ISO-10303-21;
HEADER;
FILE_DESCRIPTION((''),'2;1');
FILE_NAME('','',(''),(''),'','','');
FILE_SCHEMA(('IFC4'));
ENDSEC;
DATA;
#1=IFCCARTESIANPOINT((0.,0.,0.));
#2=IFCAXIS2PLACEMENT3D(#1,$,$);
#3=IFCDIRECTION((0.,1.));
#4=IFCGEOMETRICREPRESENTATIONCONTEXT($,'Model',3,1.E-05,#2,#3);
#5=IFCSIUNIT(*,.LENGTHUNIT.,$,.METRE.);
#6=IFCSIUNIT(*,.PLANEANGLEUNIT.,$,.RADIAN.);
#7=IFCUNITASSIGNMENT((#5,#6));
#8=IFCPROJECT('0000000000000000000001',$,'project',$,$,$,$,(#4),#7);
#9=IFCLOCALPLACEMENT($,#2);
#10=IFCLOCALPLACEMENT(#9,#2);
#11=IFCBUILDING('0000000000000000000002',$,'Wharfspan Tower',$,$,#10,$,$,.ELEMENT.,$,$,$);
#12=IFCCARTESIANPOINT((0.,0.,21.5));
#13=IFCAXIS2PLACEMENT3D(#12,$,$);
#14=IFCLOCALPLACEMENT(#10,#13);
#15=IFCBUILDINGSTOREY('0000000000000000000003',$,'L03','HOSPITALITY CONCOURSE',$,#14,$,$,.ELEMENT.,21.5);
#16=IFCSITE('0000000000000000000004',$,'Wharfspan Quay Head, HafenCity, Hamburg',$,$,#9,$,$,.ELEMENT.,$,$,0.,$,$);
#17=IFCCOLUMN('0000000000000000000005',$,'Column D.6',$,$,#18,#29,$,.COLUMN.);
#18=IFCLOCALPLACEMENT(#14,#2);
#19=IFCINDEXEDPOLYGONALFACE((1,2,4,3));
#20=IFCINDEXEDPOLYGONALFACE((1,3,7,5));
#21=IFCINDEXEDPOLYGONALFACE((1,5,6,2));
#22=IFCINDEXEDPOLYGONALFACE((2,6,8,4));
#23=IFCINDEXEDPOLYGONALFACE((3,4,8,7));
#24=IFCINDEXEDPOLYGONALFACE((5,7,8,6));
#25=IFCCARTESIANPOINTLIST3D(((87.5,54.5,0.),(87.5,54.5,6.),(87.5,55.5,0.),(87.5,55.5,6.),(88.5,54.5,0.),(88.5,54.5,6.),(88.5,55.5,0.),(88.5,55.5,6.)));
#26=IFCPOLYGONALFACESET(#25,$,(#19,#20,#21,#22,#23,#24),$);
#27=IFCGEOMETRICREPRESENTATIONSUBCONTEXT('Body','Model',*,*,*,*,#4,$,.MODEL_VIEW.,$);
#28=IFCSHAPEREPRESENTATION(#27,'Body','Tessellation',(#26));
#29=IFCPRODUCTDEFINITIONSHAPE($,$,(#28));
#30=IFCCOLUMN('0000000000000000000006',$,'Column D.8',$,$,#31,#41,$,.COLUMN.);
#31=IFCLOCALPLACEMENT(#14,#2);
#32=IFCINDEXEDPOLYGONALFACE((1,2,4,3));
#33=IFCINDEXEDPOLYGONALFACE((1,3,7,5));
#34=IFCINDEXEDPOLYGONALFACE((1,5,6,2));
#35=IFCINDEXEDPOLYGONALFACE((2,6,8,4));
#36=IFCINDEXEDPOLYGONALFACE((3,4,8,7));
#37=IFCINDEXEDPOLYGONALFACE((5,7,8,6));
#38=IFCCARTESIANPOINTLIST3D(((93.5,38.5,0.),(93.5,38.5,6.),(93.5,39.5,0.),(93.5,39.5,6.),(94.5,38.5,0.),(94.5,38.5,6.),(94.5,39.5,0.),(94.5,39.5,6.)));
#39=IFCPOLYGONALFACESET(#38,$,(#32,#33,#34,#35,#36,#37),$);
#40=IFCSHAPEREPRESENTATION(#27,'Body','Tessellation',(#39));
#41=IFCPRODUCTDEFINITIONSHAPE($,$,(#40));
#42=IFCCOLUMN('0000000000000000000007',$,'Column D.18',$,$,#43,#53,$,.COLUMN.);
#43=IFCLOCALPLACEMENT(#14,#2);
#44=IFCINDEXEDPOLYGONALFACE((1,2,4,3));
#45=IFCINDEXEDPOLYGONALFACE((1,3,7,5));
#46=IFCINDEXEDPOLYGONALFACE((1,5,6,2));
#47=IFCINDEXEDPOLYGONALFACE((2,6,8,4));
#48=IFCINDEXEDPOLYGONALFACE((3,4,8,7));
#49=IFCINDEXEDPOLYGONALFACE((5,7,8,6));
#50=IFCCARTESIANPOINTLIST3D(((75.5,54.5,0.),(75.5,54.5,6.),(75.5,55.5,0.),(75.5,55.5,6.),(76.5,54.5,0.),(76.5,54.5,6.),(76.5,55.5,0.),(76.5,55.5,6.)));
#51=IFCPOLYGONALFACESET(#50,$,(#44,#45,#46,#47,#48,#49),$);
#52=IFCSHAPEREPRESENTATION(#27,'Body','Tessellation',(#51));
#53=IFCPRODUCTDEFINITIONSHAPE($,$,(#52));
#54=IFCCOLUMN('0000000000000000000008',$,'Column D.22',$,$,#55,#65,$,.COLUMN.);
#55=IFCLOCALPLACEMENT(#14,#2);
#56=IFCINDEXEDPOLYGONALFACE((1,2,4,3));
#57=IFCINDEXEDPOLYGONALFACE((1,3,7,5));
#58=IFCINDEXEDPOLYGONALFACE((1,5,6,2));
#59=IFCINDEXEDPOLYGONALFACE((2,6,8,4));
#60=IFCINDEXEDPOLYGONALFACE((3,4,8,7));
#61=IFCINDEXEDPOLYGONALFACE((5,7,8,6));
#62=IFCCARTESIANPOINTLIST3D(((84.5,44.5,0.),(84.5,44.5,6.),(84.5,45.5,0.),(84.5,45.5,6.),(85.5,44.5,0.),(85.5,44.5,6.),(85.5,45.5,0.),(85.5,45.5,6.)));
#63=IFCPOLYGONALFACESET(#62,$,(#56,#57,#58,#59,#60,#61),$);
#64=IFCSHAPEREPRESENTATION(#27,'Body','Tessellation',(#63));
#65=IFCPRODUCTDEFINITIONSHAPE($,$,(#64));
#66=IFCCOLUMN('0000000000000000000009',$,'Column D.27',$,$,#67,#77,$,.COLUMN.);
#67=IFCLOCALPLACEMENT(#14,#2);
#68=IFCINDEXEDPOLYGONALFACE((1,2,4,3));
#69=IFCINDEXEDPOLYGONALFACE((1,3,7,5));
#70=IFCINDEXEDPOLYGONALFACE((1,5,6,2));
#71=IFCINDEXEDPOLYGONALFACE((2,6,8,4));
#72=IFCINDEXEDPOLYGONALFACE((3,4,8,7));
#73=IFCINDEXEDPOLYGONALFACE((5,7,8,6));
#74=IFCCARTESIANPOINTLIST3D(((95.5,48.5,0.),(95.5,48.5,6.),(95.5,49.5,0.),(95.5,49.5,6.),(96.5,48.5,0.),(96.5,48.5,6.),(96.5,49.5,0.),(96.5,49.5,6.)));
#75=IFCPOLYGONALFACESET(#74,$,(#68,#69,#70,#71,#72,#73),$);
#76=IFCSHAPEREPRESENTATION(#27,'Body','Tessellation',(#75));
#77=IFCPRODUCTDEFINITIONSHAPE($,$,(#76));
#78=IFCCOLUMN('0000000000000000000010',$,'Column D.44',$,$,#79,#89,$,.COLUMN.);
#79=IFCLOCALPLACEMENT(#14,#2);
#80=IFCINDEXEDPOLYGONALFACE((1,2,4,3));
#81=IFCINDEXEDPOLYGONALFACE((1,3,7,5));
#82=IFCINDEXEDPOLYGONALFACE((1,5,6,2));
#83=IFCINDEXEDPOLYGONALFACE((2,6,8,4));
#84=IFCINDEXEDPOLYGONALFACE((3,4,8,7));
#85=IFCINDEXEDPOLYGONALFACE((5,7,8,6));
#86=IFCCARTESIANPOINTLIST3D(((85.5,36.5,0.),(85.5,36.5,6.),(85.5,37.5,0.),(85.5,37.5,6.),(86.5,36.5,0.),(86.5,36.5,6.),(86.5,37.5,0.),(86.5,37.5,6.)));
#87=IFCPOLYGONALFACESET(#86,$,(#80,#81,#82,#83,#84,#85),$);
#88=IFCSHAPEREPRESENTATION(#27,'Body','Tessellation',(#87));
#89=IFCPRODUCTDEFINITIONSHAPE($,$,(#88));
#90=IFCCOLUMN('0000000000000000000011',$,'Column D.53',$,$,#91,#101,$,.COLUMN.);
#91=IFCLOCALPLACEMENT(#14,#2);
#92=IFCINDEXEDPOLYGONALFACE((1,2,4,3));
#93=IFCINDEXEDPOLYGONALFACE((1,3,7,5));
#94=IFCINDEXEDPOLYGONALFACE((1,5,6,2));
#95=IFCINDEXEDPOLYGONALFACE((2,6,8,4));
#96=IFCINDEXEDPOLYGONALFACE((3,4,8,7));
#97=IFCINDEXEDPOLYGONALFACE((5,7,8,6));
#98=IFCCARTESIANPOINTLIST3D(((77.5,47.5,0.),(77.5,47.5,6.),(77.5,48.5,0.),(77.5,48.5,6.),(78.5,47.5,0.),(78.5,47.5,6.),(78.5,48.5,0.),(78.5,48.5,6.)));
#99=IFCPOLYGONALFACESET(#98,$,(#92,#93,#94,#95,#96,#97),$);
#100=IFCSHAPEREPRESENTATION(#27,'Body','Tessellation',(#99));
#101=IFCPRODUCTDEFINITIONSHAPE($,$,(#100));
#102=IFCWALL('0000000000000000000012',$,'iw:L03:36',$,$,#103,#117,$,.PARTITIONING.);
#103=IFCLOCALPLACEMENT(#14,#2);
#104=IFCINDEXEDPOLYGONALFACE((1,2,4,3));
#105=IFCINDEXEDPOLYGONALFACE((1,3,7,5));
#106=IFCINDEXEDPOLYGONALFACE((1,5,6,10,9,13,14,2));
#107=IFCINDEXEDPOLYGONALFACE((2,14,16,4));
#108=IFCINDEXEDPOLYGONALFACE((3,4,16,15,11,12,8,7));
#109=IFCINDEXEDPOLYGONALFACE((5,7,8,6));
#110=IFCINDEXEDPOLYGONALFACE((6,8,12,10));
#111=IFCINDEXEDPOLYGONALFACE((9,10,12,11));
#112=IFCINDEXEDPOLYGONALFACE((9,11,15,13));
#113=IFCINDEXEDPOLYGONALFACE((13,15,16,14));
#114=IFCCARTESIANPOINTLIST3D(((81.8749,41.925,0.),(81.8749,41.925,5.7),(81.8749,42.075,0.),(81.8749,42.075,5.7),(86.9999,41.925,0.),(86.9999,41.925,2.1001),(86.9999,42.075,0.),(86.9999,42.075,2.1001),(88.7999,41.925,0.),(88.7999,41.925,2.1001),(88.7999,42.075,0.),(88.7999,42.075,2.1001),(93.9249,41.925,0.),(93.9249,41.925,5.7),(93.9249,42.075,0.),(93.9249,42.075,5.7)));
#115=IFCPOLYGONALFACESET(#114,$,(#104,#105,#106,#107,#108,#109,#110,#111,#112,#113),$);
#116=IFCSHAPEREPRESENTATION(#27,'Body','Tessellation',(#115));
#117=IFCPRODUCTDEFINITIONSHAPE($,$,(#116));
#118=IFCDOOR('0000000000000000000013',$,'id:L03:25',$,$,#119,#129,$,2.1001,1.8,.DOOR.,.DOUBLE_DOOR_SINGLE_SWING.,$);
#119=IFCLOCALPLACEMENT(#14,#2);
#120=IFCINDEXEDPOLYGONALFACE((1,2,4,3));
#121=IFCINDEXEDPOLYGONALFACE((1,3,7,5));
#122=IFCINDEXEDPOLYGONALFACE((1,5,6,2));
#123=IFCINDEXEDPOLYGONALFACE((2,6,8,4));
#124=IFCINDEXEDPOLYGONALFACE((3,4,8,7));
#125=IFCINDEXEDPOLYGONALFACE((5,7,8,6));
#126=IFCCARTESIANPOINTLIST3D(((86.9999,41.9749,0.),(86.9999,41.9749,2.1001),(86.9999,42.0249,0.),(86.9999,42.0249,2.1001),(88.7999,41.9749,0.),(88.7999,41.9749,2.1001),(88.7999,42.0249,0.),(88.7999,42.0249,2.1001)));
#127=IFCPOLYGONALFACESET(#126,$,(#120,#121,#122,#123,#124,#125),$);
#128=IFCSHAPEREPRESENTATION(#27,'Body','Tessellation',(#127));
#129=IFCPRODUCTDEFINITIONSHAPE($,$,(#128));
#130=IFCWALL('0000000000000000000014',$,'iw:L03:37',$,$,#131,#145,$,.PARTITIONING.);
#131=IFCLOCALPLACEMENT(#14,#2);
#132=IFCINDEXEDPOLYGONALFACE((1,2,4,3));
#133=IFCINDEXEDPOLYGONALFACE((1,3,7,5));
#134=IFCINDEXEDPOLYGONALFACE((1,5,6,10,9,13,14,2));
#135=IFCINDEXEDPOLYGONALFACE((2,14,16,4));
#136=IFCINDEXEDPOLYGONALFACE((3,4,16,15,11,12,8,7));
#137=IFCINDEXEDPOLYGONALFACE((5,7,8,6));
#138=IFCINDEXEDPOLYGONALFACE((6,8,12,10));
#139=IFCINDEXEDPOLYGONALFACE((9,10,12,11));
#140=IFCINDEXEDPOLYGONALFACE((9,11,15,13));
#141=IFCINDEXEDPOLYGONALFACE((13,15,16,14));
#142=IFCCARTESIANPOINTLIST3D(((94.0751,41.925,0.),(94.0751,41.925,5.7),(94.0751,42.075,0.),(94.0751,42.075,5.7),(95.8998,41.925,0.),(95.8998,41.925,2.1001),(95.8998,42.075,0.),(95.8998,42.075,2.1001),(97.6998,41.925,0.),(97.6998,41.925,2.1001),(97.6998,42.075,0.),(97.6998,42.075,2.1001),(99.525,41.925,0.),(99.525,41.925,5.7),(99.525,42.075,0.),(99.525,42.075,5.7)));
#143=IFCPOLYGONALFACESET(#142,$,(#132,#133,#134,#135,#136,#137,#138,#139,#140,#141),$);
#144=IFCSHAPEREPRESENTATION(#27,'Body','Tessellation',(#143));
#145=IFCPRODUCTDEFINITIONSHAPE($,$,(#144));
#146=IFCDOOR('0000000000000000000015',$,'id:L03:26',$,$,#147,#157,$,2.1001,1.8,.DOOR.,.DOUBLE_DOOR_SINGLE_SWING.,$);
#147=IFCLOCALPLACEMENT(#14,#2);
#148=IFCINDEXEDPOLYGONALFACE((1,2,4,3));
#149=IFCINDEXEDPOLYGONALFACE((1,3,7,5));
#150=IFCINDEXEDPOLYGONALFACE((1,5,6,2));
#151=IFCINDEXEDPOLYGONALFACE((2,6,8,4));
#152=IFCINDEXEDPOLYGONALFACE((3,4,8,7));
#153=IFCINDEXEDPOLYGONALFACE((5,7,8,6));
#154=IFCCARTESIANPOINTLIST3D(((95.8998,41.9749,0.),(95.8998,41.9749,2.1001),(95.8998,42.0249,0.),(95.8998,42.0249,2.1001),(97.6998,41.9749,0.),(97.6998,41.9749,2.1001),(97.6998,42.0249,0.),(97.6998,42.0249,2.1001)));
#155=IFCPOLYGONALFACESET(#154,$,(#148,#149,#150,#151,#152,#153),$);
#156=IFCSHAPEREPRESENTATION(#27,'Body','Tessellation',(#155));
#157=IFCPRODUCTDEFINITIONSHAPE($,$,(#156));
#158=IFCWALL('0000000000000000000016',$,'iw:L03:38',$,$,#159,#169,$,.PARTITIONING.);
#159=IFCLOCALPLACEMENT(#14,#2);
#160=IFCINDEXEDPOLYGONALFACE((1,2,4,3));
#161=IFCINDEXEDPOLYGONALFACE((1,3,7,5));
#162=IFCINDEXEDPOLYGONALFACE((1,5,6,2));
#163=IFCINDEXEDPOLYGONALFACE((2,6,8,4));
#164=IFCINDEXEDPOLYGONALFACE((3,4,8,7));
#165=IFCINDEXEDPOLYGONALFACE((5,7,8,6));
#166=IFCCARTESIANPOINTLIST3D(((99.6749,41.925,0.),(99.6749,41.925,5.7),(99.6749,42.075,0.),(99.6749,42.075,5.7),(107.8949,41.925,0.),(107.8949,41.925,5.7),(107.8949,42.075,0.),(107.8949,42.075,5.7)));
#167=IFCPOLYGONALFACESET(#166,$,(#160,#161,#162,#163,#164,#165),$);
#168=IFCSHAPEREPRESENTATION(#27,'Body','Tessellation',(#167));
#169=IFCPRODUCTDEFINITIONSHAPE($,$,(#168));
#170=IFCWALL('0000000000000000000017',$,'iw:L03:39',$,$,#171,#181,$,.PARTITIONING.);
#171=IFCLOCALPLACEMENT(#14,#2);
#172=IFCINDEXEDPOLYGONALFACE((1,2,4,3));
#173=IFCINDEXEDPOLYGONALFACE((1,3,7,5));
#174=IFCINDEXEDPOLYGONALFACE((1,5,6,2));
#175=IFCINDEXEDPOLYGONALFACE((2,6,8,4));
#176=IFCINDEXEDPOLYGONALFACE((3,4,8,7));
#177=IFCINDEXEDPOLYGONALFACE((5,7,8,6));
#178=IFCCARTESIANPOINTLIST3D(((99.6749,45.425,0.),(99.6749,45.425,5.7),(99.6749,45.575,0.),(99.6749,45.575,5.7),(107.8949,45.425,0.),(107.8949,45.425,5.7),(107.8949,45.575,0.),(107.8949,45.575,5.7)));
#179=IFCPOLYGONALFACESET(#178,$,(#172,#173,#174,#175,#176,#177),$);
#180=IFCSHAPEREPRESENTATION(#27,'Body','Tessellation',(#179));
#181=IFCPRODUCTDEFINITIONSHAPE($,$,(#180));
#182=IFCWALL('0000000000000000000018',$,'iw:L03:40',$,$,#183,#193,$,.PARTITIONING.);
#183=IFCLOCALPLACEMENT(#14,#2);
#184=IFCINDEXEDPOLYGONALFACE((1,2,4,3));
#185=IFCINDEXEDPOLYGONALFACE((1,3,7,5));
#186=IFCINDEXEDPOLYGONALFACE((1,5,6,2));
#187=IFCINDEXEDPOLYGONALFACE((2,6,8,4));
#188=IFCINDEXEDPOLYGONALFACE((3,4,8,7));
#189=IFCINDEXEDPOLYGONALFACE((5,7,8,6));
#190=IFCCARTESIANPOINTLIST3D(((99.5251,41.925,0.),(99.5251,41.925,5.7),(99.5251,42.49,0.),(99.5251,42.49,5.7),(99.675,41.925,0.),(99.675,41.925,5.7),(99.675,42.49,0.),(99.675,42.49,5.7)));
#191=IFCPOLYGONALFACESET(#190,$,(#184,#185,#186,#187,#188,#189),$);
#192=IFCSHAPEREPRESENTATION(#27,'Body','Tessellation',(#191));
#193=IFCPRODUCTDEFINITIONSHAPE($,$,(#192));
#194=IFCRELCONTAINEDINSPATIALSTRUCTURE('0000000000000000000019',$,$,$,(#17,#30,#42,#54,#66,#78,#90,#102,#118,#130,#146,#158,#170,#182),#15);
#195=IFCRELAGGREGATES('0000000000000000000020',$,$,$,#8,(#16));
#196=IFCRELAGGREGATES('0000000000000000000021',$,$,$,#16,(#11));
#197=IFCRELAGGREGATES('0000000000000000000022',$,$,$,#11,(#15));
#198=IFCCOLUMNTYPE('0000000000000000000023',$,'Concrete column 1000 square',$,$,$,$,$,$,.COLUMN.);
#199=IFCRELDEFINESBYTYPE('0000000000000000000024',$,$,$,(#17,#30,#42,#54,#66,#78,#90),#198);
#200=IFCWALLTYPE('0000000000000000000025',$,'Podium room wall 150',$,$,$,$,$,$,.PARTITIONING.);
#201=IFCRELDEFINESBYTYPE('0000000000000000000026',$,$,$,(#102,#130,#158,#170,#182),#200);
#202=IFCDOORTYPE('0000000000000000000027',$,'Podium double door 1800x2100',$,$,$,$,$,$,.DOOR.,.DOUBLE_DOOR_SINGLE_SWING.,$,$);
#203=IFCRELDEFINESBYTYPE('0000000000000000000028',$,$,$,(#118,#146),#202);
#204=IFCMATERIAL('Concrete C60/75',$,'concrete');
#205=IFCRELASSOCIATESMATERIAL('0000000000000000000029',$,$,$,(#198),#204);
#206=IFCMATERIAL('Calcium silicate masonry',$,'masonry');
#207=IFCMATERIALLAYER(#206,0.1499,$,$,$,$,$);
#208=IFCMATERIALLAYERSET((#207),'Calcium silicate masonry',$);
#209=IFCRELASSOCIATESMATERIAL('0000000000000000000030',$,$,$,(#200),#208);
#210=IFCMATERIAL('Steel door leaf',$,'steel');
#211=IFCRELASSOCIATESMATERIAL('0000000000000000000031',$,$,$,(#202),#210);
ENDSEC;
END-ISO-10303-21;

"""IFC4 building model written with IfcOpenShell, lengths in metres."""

from ifc_helpers import new_model, si_unit, direction, frame, frame_2d, origin, origin_2d, place, context, subcontext, project, spatial, rectangle, extrude, material, layer, layer_set, material_profile, profile_set, type_object, element, fill, save


model = new_model("IFC4")

# Units and contexts
model_context = context("Model", 3, precision=1e-05, world=origin(), true_north=direction((0.0, 1.0)))
body_context = subcontext(model_context, "Body", "Model", "MODEL_VIEW")
ifc_project = project(units=[si_unit("LENGTHUNIT", "METRE"), si_unit("PLANEANGLEUNIT", "RADIAN")], contexts=[model_context])

# Site, building, storey
site_placement = place(None, origin())
site = spatial("IfcSite", under=ifc_project, at=site_placement, Name="Wharfspan Quay Head, HafenCity, Hamburg", CompositionType="ELEMENT", RefElevation=0.0)
building_placement = place(site_placement, origin())
building = spatial("IfcBuilding", under=site, at=building_placement, Name="Wharfspan Tower", CompositionType="ELEMENT")
storey_placement = place(building_placement, frame((0.0, 0.0, 21.5)))
storey = spatial("IfcBuildingStorey", under=building, at=storey_placement, Name="L03", Description="HOSPITALITY CONCOURSE", CompositionType="ELEMENT", Elevation=21.5)

# Columns
ifc_material_1 = material(Name="Concrete C60/75", Category="concrete")
ifc_material_profile = material_profile(ifc_material_1, rectangle(XDim=1.0, YDim=1.0, at=origin_2d()))
ifc_profile_set = profile_set([ifc_material_profile], Name="Concrete C60/75")
column_type = type_object("IfcColumnType", Name="Concrete column 1000 square", PredefinedType="COLUMN", material=ifc_profile_set)
for number, where, z_axis, x_axis, name in (
    (1, (88.0, 55.0, 0.0), (0.0, 0.0, 1.0), (1.0, 0.0, 0.0), "Column D.6"),
    (2, (94.0, 39.0, 0.0), (0.0, 0.0, 1.0), (1.0, 0.0, 0.0), "Column D.8"),
    (3, (76.0, 55.0, 0.0), (0.0, 0.0, 1.0), (1.0, 0.0, 0.0), "Column D.18"),
    (4, (85.0, 45.0, 0.0), (0.0, 0.0, 1.0), (1.0, 0.0, 0.0), "Column D.22"),
    (5, (96.0, 49.0, 0.0), (0.0, 0.0, 1.0), (1.0, 0.0, 0.0), "Column D.27"),
    (6, (86.0, 37.0, 0.0), (0.0, 0.0, 1.0), (1.0, 0.0, 0.0), "Column D.44"),
    (7, (78.0, 48.0, 0.0), (0.0, 0.0, 1.0), (1.0, 0.0, 0.0), "Column D.53"),
):
    element("IfcColumn", number, at=place(storey_placement, frame(where, z_axis=z_axis, x_axis=x_axis)), inside=storey, type_object=column_type, Name=name, PredefinedType="COLUMN", context=body_context, shape_type="SweptSolid", body=[
        extrude(rectangle(XDim=1.0, YDim=1.0, at=origin_2d()), origin(), (0.0, 0.0, 1.0), 6.0),
    ])

# Walls, openings, doors
ifc_material_2 = material(Name="Calcium silicate masonry", Category="masonry")
ifc_layer_1 = layer(ifc_material_2, 0.1499)
ifc_layer_set_1 = layer_set([ifc_layer_1], Name="Calcium silicate masonry")
wall_type_1 = type_object("IfcWallType", Name="Podium room wall 150", PredefinedType="PARTITIONING", material=ifc_layer_set_1)
wall_1_placement = place(storey_placement, frame((81.875, 42.0, 0.0), z_axis=(0.0, 0.0, 1.0), x_axis=(1.0, 0.0, 0.0)))
wall_1 = element("IfcWall", 8, at=wall_1_placement, inside=storey, type_object=wall_type_1, Name="iw:L03:36", PredefinedType="PARTITIONING", context=body_context, shape_type="SweptSolid", body=[
    extrude(rectangle(XDim=12.05, YDim=0.1499, at=frame_2d((6.0249, 0.0))), origin(), (0.0, 0.0, 1.0), 5.7),
])
opening_1_placement = place(wall_1_placement, frame((5.125, 0.0, 0.0)))
opening_1 = element("IfcOpeningElement", 9, at=opening_1_placement, cuts=wall_1, PredefinedType="OPENING", context=body_context, shape_type="SweptSolid", body=[
    extrude(rectangle(XDim=1.8, YDim=2.1001, at=frame_2d((0.8999, 1.05))), frame((0.0, 0.085, 0.0), z_axis=(0.0, -1.0, 0.0), x_axis=(1.0, 0.0, 0.0)), (0.0, 0.0, 1.0), 0.1699),
])
ifc_material_3 = material(Name="Steel door leaf", Category="steel")
door_type_1 = type_object("IfcDoorType", Name="Podium double door 1800x2100", OperationType="DOUBLE_DOOR_SINGLE_SWING", PredefinedType="DOOR", material=ifc_material_3)
door_1_placement = place(opening_1_placement, origin())
door_1 = element("IfcDoor", 10, at=door_1_placement, inside=storey, type_object=door_type_1, Name="id:L03:25", OperationType="DOUBLE_DOOR_SINGLE_SWING", OverallHeight=2.1001, OverallWidth=1.8, PredefinedType="DOOR", context=body_context, shape_type="SweptSolid", body=[
    extrude(rectangle(XDim=1.8, YDim=2.1001, at=frame_2d((0.8999, 1.05))), frame((0.0, 0.0249, 0.0), z_axis=(0.0, -1.0, 0.0), x_axis=(1.0, 0.0, 0.0)), (0.0, 0.0, 1.0), 0.05),
])
fill(opening_1, door_1)
wall_2_placement = place(storey_placement, frame((94.075, 42.0, 0.0), z_axis=(0.0, 0.0, 1.0), x_axis=(1.0, 0.0, 0.0)))
wall_2 = element("IfcWall", 11, at=wall_2_placement, inside=storey, type_object=wall_type_1, Name="iw:L03:37", PredefinedType="PARTITIONING", context=body_context, shape_type="SweptSolid", body=[
    extrude(rectangle(XDim=5.45, YDim=0.1499, at=frame_2d((2.7251, 0.0))), origin(), (0.0, 0.0, 1.0), 5.7),
])
opening_2_placement = place(wall_2_placement, frame((1.825, 0.0, 0.0)))
opening_2 = element("IfcOpeningElement", 12, at=opening_2_placement, cuts=wall_2, PredefinedType="OPENING", context=body_context, shape_type="SweptSolid", body=[
    extrude(rectangle(XDim=1.8, YDim=2.1001, at=frame_2d((0.8999, 1.05))), frame((0.0, 0.085, 0.0), z_axis=(0.0, -1.0, 0.0), x_axis=(1.0, 0.0, 0.0)), (0.0, 0.0, 1.0), 0.1699),
])
door_2_placement = place(opening_2_placement, origin())
door_2 = element("IfcDoor", 13, at=door_2_placement, inside=storey, type_object=door_type_1, Name="id:L03:26", OperationType="DOUBLE_DOOR_SINGLE_SWING", OverallHeight=2.1001, OverallWidth=1.8, PredefinedType="DOOR", context=body_context, shape_type="SweptSolid", body=[
    extrude(rectangle(XDim=1.8, YDim=2.1001, at=frame_2d((0.8999, 1.05))), frame((0.0, 0.0249, 0.0), z_axis=(0.0, -1.0, 0.0), x_axis=(1.0, 0.0, 0.0)), (0.0, 0.0, 1.0), 0.05),
])
fill(opening_2, door_2)

# Walls
for number, where, z_axis, x_axis, name in (
    (14, (99.675, 42.0, 0.0), (0.0, 0.0, 1.0), (1.0, 0.0, 0.0), "iw:L03:38"),
    (15, (99.675, 45.5, 0.0), (0.0, 0.0, 1.0), (1.0, 0.0, 0.0), "iw:L03:39"),
):
    element("IfcWall", number, at=place(storey_placement, frame(where, z_axis=z_axis, x_axis=x_axis)), inside=storey, type_object=wall_type_1, Name=name, PredefinedType="PARTITIONING", context=body_context, shape_type="SweptSolid", body=[
        extrude(rectangle(XDim=8.22, YDim=0.1499, at=frame_2d((4.1099, 0.0))), origin(), (0.0, 0.0, 1.0), 5.7),
    ])
wall_3_placement = place(storey_placement, frame((99.6001, 41.925, 0.0), z_axis=(0.0, 0.0, 1.0), x_axis=(0.0, 1.0, 0.0)))
element("IfcWall", 16, at=wall_3_placement, inside=storey, type_object=wall_type_1, Name="iw:L03:40", PredefinedType="PARTITIONING", context=body_context, shape_type="SweptSolid", body=[
    extrude(rectangle(XDim=0.5649, YDim=0.1499, at=frame_2d((0.2825, 0.0))), origin(), (0.0, 0.0, 1.0), 5.7),
])

save(model, "model.ifc")
